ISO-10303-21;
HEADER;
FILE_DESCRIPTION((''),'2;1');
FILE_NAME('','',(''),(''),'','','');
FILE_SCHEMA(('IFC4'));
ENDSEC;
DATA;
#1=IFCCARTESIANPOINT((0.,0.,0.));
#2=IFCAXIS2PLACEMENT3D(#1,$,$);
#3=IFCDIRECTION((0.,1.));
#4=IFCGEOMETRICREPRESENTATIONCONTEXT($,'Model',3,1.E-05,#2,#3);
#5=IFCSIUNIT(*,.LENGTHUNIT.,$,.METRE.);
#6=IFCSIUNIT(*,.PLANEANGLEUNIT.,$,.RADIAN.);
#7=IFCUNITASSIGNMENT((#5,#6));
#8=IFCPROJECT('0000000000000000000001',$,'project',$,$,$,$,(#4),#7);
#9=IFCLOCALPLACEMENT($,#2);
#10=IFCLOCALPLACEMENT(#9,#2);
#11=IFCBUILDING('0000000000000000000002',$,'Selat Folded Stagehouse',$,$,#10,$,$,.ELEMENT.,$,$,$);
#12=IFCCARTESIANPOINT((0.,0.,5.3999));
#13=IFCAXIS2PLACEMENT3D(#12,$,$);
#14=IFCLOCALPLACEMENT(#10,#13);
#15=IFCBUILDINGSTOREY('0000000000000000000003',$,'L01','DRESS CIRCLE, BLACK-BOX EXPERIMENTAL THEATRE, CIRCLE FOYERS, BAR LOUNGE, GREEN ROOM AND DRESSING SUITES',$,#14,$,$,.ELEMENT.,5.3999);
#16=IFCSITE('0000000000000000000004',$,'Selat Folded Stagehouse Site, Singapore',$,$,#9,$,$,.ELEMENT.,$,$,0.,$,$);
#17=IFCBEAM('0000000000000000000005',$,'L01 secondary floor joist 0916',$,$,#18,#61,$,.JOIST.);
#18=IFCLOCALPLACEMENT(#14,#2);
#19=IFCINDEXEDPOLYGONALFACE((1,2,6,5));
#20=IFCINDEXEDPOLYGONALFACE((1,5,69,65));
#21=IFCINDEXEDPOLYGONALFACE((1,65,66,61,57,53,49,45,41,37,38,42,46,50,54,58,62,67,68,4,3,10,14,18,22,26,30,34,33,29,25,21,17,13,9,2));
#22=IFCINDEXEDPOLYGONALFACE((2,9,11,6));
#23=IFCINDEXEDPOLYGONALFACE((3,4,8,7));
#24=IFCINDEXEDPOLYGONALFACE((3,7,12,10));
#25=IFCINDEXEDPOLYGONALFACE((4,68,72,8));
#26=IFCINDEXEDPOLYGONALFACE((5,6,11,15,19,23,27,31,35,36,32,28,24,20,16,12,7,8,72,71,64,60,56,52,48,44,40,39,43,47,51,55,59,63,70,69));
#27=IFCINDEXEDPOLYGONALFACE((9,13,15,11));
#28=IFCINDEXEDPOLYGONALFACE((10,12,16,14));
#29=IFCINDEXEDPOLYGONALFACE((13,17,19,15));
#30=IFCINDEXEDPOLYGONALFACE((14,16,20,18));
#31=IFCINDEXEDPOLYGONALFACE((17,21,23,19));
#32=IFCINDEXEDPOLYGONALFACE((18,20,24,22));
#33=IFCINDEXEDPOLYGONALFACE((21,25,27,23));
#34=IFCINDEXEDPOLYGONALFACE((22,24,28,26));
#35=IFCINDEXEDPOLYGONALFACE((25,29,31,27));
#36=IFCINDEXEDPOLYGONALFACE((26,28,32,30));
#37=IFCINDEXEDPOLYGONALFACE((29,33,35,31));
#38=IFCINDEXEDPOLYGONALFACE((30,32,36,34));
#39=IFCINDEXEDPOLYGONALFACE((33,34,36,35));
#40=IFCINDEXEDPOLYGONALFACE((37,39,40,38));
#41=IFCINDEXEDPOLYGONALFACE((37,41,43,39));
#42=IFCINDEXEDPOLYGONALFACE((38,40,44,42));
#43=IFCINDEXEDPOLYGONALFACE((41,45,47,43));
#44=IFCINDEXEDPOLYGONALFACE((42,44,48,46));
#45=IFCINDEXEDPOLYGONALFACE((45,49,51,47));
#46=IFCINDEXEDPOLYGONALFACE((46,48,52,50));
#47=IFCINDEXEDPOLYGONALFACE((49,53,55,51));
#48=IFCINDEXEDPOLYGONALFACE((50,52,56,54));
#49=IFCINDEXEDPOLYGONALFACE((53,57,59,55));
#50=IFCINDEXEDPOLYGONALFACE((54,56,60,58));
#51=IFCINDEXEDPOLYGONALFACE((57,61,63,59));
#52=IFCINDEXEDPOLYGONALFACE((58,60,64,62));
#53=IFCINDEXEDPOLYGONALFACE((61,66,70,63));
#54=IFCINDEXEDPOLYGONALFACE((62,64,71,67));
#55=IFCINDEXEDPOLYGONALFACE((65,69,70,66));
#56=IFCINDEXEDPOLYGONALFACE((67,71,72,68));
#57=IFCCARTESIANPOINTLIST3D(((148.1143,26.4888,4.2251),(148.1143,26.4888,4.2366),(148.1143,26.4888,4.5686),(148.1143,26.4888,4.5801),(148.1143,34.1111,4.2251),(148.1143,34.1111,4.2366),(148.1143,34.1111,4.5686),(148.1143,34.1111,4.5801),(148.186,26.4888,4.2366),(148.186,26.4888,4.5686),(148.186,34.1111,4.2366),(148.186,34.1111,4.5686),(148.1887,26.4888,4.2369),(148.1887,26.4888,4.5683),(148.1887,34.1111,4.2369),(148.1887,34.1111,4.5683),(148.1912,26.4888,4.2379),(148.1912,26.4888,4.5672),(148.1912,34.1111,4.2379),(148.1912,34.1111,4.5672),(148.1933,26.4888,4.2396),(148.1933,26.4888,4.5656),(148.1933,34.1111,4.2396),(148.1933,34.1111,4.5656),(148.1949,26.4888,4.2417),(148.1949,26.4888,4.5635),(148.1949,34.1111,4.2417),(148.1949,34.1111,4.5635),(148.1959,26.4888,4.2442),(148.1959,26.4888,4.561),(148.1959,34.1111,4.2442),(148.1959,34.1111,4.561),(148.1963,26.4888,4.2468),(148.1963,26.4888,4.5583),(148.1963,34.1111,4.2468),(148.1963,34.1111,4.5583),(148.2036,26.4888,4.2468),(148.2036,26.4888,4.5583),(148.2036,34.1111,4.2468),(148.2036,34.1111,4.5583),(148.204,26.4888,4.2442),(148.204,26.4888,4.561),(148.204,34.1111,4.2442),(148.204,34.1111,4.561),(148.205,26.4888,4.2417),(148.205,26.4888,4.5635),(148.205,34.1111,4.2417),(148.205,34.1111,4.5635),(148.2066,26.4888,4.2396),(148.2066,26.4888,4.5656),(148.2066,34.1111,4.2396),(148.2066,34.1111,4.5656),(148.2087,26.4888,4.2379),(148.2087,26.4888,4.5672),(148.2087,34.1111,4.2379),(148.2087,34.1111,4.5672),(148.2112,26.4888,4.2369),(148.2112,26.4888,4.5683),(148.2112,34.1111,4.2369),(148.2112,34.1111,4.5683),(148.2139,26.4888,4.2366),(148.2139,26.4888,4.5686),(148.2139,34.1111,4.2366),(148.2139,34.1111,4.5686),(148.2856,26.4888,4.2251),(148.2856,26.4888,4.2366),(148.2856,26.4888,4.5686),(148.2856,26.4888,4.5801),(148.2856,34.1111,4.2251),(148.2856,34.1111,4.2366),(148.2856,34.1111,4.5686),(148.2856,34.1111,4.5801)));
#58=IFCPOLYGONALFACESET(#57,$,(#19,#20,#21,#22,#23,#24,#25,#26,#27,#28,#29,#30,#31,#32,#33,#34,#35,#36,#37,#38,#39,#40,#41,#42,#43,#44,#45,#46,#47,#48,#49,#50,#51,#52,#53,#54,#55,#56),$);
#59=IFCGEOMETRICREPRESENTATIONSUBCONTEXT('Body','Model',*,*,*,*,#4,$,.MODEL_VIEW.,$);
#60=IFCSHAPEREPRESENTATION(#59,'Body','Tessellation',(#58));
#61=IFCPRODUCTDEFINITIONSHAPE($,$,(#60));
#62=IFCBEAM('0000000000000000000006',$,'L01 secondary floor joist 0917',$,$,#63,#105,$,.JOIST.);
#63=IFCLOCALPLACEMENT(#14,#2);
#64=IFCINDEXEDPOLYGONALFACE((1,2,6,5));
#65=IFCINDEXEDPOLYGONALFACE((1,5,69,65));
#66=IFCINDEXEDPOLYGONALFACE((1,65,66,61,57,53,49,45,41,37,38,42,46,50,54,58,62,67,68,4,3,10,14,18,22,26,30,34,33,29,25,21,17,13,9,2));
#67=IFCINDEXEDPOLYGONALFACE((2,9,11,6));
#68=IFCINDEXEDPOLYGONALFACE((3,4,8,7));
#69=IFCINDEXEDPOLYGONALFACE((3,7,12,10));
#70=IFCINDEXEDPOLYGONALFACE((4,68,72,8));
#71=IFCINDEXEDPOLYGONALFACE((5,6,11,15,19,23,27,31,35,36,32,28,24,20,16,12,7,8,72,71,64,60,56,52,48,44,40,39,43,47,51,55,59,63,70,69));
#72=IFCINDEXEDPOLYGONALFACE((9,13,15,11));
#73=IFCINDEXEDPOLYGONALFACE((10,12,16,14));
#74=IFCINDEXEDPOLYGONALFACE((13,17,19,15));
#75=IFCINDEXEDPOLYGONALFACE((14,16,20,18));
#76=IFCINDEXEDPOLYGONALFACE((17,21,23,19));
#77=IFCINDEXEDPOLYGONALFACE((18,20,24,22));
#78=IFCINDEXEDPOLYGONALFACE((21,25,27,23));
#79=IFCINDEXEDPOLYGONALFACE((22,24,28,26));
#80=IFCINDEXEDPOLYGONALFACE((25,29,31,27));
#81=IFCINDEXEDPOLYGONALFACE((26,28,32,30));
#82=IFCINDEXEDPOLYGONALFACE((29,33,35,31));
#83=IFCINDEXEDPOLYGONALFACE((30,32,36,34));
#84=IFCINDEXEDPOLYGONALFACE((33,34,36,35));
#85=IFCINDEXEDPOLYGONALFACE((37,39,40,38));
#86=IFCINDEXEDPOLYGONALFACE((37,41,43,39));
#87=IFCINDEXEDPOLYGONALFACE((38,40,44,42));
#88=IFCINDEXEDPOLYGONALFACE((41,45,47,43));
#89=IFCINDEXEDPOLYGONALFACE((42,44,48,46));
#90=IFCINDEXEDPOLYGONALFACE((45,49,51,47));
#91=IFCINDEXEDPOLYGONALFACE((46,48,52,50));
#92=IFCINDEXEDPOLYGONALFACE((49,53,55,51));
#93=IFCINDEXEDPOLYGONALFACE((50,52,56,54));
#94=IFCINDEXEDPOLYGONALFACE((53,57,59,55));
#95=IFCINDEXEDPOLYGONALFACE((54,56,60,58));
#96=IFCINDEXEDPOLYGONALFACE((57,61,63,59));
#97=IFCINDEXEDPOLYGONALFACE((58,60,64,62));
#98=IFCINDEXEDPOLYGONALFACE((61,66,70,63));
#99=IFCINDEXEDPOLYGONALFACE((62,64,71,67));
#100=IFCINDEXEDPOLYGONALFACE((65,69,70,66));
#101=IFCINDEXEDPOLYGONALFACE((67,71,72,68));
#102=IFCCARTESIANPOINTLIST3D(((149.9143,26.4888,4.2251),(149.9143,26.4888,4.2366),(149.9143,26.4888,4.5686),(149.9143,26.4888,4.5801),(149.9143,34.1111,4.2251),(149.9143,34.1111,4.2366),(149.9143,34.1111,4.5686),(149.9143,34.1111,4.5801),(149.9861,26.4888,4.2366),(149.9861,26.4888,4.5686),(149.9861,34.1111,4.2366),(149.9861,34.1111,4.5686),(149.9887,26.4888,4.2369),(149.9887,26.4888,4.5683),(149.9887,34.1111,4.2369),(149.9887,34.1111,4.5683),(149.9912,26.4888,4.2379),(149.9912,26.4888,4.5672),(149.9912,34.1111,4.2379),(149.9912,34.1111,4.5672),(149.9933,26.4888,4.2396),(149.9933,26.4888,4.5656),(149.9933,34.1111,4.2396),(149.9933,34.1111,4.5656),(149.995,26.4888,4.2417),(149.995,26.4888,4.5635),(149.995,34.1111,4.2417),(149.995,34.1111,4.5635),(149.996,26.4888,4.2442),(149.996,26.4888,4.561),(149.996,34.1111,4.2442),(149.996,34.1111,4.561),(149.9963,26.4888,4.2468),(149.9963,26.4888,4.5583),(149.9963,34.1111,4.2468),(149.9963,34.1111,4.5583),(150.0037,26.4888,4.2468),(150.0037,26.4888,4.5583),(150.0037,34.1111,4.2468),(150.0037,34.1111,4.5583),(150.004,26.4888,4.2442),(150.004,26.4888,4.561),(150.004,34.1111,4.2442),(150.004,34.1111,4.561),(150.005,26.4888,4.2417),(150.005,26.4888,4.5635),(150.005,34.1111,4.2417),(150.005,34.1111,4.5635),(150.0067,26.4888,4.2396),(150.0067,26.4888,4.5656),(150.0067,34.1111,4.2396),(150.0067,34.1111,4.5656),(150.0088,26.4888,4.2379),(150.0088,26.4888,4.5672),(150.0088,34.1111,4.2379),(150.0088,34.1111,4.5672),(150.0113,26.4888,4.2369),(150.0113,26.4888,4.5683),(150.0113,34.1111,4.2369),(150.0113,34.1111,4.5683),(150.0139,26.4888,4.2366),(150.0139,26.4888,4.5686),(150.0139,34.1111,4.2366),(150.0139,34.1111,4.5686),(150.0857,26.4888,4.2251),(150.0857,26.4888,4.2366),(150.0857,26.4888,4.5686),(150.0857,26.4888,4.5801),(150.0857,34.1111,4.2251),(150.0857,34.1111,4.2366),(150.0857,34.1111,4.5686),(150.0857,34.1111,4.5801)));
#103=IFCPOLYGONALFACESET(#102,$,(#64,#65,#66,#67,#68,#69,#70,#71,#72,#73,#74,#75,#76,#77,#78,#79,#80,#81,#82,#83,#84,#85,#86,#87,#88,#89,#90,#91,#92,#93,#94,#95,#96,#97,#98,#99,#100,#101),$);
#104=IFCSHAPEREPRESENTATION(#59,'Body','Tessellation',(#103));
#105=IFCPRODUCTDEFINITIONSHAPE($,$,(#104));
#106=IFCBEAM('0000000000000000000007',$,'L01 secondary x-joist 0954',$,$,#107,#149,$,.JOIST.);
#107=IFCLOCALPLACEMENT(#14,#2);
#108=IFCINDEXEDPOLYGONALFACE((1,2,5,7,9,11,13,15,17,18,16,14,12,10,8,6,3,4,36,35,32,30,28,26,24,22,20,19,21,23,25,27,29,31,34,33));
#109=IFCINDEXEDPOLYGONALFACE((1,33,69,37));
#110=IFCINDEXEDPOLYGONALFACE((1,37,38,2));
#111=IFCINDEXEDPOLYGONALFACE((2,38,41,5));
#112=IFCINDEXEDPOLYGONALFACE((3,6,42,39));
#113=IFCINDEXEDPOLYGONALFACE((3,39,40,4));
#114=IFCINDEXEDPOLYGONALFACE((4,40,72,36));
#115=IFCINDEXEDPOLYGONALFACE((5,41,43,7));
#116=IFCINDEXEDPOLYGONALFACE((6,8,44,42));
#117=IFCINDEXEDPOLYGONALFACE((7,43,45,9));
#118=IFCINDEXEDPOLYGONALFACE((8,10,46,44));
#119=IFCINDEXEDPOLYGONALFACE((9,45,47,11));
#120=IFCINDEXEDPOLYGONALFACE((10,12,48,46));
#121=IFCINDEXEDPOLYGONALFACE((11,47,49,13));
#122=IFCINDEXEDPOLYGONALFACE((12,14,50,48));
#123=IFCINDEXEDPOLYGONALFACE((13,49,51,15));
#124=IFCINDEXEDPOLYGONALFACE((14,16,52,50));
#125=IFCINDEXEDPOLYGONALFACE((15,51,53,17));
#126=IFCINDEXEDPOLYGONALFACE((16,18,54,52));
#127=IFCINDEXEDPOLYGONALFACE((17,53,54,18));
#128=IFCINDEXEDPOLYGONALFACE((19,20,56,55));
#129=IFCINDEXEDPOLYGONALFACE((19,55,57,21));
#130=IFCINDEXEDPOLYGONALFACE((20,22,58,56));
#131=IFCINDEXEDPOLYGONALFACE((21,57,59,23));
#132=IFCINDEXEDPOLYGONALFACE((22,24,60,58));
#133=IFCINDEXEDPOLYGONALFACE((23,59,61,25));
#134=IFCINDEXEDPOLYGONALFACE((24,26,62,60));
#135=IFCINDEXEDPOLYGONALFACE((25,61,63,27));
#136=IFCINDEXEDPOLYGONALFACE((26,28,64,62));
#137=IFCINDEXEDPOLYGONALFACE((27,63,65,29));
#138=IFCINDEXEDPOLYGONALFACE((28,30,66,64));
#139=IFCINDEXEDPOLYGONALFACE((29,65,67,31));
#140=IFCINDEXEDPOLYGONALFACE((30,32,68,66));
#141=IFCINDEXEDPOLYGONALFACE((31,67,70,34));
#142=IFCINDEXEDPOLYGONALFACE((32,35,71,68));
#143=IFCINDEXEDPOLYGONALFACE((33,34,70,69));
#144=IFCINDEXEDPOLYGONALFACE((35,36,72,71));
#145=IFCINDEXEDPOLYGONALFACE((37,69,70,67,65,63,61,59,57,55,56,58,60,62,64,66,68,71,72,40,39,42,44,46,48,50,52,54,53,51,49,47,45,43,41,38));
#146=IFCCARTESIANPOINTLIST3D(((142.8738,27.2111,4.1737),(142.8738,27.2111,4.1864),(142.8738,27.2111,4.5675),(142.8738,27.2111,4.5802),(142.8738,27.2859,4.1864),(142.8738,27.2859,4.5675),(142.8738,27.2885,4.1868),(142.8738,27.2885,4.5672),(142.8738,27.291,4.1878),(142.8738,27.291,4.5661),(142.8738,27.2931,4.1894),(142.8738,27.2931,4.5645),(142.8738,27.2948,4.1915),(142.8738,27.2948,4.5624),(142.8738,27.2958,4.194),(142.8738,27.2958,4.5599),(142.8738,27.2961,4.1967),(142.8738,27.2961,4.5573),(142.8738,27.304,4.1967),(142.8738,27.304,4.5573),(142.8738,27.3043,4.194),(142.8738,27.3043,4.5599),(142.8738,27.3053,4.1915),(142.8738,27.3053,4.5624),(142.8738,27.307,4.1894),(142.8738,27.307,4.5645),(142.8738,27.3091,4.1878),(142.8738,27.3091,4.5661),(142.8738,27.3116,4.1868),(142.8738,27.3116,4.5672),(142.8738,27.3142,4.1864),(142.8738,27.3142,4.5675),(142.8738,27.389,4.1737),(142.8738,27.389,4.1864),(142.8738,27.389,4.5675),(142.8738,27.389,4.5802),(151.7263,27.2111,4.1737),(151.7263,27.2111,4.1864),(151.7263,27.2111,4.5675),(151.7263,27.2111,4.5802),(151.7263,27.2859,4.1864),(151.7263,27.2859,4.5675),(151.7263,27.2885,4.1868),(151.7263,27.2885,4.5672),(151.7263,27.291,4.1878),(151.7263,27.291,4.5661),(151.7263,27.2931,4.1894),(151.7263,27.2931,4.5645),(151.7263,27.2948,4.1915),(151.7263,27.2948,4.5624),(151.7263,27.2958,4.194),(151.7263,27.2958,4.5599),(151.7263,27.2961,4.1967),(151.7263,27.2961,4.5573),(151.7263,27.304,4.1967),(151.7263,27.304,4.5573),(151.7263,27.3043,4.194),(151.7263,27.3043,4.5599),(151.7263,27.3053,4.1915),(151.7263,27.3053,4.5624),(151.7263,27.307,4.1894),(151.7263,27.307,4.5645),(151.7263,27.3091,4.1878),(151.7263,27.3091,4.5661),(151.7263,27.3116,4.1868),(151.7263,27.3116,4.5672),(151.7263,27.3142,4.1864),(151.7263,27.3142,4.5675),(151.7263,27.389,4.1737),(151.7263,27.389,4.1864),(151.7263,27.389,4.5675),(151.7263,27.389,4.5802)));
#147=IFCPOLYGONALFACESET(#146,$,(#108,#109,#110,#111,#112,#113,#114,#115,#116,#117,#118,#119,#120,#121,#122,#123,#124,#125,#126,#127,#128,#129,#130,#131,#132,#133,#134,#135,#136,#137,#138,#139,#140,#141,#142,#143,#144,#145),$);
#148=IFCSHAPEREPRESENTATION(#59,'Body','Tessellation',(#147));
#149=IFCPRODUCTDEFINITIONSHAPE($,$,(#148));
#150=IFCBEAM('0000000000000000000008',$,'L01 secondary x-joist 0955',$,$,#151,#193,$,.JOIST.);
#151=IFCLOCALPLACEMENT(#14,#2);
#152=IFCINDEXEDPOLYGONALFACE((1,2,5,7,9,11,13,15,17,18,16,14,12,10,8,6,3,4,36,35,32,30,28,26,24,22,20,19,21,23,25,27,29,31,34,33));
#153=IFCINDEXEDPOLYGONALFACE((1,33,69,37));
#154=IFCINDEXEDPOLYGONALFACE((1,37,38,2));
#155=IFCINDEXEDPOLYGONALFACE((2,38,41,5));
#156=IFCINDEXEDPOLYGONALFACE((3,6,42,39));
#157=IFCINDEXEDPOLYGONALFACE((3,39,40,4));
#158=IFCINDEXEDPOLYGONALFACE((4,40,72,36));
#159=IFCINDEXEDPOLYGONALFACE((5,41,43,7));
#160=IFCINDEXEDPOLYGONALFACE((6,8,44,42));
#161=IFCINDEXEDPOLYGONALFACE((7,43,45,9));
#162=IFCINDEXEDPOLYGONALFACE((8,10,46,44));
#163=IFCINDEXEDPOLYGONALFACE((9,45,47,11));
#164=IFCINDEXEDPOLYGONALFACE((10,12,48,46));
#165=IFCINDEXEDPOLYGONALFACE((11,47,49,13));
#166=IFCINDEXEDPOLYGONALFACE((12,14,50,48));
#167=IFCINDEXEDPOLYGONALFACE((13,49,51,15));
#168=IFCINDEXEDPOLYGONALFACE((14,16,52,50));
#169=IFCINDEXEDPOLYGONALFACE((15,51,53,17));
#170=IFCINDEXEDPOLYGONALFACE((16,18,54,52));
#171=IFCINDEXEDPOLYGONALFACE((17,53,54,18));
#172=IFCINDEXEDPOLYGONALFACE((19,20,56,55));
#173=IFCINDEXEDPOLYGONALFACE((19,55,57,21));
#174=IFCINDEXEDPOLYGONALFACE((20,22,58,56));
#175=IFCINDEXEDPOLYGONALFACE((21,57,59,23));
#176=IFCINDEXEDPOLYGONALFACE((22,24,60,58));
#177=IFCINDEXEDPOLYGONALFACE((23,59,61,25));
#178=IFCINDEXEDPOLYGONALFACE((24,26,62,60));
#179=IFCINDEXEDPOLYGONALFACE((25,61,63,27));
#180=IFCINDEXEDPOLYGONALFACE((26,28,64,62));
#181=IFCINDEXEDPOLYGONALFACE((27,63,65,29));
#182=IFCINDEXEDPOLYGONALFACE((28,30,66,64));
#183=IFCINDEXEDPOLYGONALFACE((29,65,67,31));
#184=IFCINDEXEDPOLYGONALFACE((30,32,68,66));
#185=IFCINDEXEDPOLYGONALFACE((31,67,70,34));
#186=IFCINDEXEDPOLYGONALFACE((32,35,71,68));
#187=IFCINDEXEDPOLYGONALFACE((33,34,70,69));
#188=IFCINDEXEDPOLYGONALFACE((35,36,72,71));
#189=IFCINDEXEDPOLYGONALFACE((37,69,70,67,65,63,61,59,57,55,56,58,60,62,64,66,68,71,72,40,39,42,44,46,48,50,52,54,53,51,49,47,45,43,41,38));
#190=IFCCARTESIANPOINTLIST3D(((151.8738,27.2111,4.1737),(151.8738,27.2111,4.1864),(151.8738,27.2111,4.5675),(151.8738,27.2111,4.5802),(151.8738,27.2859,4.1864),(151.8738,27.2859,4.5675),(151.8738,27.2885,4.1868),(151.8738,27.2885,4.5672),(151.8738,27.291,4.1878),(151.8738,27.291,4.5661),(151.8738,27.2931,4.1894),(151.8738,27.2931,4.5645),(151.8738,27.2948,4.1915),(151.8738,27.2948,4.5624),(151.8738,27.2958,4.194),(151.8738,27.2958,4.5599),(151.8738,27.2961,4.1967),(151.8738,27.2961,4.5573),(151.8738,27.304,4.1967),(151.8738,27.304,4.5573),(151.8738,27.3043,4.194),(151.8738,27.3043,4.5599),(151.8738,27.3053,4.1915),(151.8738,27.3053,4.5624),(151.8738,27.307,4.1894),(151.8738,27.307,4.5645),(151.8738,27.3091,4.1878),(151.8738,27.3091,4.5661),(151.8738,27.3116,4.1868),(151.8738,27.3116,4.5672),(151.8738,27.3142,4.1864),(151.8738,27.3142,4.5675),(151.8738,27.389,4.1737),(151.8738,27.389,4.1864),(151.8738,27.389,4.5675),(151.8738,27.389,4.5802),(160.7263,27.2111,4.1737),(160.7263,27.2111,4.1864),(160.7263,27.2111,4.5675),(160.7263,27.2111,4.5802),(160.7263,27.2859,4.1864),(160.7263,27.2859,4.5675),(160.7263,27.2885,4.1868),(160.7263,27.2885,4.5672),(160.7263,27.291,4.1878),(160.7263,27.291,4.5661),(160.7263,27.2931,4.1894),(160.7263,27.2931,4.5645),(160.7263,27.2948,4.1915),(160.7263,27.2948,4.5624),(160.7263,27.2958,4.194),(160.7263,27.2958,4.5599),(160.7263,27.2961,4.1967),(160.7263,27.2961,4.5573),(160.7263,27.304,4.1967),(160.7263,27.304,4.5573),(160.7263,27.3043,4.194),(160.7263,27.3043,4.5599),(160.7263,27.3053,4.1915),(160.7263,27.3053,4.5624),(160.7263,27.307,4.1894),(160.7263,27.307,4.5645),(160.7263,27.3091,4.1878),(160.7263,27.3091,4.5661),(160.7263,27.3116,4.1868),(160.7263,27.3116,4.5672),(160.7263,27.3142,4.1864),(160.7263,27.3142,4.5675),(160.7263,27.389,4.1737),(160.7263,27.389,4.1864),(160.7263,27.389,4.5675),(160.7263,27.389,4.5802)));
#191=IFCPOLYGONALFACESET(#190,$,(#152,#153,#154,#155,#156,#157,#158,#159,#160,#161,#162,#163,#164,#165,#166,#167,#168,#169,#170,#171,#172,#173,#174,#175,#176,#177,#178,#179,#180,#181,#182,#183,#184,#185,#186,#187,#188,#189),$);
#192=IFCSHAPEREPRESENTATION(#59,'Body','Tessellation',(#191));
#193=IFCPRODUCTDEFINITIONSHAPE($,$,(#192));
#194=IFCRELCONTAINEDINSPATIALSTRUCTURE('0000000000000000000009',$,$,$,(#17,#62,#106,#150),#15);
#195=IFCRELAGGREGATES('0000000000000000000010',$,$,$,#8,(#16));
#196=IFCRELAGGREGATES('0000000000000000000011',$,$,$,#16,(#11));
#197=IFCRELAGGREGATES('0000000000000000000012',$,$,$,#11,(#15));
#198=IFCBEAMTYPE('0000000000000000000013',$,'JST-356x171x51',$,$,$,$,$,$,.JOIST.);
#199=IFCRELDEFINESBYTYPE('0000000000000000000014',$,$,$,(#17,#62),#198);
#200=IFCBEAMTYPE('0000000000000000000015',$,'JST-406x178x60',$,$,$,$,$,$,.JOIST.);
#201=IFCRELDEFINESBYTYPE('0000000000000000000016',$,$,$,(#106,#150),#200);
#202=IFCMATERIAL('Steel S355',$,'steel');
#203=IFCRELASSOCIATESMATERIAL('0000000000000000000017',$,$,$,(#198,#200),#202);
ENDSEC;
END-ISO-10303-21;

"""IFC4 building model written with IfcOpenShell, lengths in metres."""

from ifc_helpers import new_model, si_unit, direction, frame, origin, origin_2d, place, context, subcontext, project, spatial, i_section, extrude, material, material_profile, profile_set, type_object, element, save


model = new_model("IFC4")

# Units and contexts
model_context = context("Model", 3, precision=1e-05, world=origin(), true_north=direction((0.0, 1.0)))
body_context = subcontext(model_context, "Body", "Model", "MODEL_VIEW")
ifc_project = project(units=[si_unit("LENGTHUNIT", "METRE"), si_unit("PLANEANGLEUNIT", "RADIAN")], contexts=[model_context])

# Site, building, storey
site_placement = place(None, origin())
site = spatial("IfcSite", under=ifc_project, at=site_placement, Name="Selat Folded Stagehouse Site, Singapore", CompositionType="ELEMENT", RefElevation=0.0)
building_placement = place(site_placement, origin())
building = spatial("IfcBuilding", under=site, at=building_placement, Name="Selat Folded Stagehouse", CompositionType="ELEMENT")
storey_placement = place(building_placement, frame((0.0, 0.0, 5.3999)))
storey = spatial("IfcBuildingStorey", under=building, at=storey_placement, Name="L01", Description="DRESS CIRCLE, BLACK-BOX EXPERIMENTAL THEATRE, CIRCLE FOYERS, BAR LOUNGE, GREEN ROOM AND DRESSING SUITES", CompositionType="ELEMENT", Elevation=5.3999)

# Shared definitions
ifc_material_1 = material(Name="Steel S355", Category="steel")

# Beams
ifc_material_profile_1 = material_profile(ifc_material_1, i_section(OverallWidth=0.1714, OverallDepth=0.355, WebThickness=0.0073, FlangeThickness=0.0115, FilletRadius=0.0103, at=origin_2d()), Name="UKB 356x171x51")
ifc_profile_set_1 = profile_set([ifc_material_profile_1], Name="Steel S355")
beam_type_1 = type_object("IfcBeamType", Name="JST-356x171x51", PredefinedType="JOIST", material=ifc_profile_set_1)
for number, where, z_axis, x_axis, name in (
    (1, (148.2, 26.4888, 4.4026), (0.0, 1.0, 0.0), (-1.0, 0.0, 0.0), "L01 secondary floor joist 0916"),
    (2, (150.0, 26.4888, 4.4026), (0.0, 1.0, 0.0), (-1.0, 0.0, 0.0), "L01 secondary floor joist 0917"),
):
    element("IfcBeam", number, at=place(storey_placement, frame(where, z_axis=z_axis, x_axis=x_axis)), inside=storey, type_object=beam_type_1, Name=name, PredefinedType="JOIST", context=body_context, shape_type="SweptSolid", body=[
        extrude(i_section(OverallWidth=0.1714, OverallDepth=0.355, WebThickness=0.0073, FlangeThickness=0.0115, FilletRadius=0.0103, at=origin_2d()), origin(), (0.0, 0.0, 1.0), 7.6223),
    ])
ifc_material_profile_2 = material_profile(ifc_material_1, i_section(OverallWidth=0.178, OverallDepth=0.4065, WebThickness=0.0078, FlangeThickness=0.0127, FilletRadius=0.0103, at=origin_2d()), Name="UKB 406x178x60")
ifc_profile_set_2 = profile_set([ifc_material_profile_2], Name="Steel S355")
beam_type_2 = type_object("IfcBeamType", Name="JST-406x178x60", PredefinedType="JOIST", material=ifc_profile_set_2)
for number, where, z_axis, x_axis, name in (
    (3, (142.8738, 27.3, 4.377), (1.0, 0.0, 0.0), (0.0, 1.0, 0.0), "L01 secondary x-joist 0954"),
    (4, (151.8738, 27.3, 4.377), (1.0, 0.0, 0.0), (0.0, 1.0, 0.0), "L01 secondary x-joist 0955"),
):
    element("IfcBeam", number, at=place(storey_placement, frame(where, z_axis=z_axis, x_axis=x_axis)), inside=storey, type_object=beam_type_2, Name=name, PredefinedType="JOIST", context=body_context, shape_type="SweptSolid", body=[
        extrude(i_section(OverallWidth=0.178, OverallDepth=0.4065, WebThickness=0.0078, FlangeThickness=0.0127, FilletRadius=0.0103, at=origin_2d()), origin(), (0.0, 0.0, 1.0), 8.8525),
    ])

save(model, "model.ifc")
